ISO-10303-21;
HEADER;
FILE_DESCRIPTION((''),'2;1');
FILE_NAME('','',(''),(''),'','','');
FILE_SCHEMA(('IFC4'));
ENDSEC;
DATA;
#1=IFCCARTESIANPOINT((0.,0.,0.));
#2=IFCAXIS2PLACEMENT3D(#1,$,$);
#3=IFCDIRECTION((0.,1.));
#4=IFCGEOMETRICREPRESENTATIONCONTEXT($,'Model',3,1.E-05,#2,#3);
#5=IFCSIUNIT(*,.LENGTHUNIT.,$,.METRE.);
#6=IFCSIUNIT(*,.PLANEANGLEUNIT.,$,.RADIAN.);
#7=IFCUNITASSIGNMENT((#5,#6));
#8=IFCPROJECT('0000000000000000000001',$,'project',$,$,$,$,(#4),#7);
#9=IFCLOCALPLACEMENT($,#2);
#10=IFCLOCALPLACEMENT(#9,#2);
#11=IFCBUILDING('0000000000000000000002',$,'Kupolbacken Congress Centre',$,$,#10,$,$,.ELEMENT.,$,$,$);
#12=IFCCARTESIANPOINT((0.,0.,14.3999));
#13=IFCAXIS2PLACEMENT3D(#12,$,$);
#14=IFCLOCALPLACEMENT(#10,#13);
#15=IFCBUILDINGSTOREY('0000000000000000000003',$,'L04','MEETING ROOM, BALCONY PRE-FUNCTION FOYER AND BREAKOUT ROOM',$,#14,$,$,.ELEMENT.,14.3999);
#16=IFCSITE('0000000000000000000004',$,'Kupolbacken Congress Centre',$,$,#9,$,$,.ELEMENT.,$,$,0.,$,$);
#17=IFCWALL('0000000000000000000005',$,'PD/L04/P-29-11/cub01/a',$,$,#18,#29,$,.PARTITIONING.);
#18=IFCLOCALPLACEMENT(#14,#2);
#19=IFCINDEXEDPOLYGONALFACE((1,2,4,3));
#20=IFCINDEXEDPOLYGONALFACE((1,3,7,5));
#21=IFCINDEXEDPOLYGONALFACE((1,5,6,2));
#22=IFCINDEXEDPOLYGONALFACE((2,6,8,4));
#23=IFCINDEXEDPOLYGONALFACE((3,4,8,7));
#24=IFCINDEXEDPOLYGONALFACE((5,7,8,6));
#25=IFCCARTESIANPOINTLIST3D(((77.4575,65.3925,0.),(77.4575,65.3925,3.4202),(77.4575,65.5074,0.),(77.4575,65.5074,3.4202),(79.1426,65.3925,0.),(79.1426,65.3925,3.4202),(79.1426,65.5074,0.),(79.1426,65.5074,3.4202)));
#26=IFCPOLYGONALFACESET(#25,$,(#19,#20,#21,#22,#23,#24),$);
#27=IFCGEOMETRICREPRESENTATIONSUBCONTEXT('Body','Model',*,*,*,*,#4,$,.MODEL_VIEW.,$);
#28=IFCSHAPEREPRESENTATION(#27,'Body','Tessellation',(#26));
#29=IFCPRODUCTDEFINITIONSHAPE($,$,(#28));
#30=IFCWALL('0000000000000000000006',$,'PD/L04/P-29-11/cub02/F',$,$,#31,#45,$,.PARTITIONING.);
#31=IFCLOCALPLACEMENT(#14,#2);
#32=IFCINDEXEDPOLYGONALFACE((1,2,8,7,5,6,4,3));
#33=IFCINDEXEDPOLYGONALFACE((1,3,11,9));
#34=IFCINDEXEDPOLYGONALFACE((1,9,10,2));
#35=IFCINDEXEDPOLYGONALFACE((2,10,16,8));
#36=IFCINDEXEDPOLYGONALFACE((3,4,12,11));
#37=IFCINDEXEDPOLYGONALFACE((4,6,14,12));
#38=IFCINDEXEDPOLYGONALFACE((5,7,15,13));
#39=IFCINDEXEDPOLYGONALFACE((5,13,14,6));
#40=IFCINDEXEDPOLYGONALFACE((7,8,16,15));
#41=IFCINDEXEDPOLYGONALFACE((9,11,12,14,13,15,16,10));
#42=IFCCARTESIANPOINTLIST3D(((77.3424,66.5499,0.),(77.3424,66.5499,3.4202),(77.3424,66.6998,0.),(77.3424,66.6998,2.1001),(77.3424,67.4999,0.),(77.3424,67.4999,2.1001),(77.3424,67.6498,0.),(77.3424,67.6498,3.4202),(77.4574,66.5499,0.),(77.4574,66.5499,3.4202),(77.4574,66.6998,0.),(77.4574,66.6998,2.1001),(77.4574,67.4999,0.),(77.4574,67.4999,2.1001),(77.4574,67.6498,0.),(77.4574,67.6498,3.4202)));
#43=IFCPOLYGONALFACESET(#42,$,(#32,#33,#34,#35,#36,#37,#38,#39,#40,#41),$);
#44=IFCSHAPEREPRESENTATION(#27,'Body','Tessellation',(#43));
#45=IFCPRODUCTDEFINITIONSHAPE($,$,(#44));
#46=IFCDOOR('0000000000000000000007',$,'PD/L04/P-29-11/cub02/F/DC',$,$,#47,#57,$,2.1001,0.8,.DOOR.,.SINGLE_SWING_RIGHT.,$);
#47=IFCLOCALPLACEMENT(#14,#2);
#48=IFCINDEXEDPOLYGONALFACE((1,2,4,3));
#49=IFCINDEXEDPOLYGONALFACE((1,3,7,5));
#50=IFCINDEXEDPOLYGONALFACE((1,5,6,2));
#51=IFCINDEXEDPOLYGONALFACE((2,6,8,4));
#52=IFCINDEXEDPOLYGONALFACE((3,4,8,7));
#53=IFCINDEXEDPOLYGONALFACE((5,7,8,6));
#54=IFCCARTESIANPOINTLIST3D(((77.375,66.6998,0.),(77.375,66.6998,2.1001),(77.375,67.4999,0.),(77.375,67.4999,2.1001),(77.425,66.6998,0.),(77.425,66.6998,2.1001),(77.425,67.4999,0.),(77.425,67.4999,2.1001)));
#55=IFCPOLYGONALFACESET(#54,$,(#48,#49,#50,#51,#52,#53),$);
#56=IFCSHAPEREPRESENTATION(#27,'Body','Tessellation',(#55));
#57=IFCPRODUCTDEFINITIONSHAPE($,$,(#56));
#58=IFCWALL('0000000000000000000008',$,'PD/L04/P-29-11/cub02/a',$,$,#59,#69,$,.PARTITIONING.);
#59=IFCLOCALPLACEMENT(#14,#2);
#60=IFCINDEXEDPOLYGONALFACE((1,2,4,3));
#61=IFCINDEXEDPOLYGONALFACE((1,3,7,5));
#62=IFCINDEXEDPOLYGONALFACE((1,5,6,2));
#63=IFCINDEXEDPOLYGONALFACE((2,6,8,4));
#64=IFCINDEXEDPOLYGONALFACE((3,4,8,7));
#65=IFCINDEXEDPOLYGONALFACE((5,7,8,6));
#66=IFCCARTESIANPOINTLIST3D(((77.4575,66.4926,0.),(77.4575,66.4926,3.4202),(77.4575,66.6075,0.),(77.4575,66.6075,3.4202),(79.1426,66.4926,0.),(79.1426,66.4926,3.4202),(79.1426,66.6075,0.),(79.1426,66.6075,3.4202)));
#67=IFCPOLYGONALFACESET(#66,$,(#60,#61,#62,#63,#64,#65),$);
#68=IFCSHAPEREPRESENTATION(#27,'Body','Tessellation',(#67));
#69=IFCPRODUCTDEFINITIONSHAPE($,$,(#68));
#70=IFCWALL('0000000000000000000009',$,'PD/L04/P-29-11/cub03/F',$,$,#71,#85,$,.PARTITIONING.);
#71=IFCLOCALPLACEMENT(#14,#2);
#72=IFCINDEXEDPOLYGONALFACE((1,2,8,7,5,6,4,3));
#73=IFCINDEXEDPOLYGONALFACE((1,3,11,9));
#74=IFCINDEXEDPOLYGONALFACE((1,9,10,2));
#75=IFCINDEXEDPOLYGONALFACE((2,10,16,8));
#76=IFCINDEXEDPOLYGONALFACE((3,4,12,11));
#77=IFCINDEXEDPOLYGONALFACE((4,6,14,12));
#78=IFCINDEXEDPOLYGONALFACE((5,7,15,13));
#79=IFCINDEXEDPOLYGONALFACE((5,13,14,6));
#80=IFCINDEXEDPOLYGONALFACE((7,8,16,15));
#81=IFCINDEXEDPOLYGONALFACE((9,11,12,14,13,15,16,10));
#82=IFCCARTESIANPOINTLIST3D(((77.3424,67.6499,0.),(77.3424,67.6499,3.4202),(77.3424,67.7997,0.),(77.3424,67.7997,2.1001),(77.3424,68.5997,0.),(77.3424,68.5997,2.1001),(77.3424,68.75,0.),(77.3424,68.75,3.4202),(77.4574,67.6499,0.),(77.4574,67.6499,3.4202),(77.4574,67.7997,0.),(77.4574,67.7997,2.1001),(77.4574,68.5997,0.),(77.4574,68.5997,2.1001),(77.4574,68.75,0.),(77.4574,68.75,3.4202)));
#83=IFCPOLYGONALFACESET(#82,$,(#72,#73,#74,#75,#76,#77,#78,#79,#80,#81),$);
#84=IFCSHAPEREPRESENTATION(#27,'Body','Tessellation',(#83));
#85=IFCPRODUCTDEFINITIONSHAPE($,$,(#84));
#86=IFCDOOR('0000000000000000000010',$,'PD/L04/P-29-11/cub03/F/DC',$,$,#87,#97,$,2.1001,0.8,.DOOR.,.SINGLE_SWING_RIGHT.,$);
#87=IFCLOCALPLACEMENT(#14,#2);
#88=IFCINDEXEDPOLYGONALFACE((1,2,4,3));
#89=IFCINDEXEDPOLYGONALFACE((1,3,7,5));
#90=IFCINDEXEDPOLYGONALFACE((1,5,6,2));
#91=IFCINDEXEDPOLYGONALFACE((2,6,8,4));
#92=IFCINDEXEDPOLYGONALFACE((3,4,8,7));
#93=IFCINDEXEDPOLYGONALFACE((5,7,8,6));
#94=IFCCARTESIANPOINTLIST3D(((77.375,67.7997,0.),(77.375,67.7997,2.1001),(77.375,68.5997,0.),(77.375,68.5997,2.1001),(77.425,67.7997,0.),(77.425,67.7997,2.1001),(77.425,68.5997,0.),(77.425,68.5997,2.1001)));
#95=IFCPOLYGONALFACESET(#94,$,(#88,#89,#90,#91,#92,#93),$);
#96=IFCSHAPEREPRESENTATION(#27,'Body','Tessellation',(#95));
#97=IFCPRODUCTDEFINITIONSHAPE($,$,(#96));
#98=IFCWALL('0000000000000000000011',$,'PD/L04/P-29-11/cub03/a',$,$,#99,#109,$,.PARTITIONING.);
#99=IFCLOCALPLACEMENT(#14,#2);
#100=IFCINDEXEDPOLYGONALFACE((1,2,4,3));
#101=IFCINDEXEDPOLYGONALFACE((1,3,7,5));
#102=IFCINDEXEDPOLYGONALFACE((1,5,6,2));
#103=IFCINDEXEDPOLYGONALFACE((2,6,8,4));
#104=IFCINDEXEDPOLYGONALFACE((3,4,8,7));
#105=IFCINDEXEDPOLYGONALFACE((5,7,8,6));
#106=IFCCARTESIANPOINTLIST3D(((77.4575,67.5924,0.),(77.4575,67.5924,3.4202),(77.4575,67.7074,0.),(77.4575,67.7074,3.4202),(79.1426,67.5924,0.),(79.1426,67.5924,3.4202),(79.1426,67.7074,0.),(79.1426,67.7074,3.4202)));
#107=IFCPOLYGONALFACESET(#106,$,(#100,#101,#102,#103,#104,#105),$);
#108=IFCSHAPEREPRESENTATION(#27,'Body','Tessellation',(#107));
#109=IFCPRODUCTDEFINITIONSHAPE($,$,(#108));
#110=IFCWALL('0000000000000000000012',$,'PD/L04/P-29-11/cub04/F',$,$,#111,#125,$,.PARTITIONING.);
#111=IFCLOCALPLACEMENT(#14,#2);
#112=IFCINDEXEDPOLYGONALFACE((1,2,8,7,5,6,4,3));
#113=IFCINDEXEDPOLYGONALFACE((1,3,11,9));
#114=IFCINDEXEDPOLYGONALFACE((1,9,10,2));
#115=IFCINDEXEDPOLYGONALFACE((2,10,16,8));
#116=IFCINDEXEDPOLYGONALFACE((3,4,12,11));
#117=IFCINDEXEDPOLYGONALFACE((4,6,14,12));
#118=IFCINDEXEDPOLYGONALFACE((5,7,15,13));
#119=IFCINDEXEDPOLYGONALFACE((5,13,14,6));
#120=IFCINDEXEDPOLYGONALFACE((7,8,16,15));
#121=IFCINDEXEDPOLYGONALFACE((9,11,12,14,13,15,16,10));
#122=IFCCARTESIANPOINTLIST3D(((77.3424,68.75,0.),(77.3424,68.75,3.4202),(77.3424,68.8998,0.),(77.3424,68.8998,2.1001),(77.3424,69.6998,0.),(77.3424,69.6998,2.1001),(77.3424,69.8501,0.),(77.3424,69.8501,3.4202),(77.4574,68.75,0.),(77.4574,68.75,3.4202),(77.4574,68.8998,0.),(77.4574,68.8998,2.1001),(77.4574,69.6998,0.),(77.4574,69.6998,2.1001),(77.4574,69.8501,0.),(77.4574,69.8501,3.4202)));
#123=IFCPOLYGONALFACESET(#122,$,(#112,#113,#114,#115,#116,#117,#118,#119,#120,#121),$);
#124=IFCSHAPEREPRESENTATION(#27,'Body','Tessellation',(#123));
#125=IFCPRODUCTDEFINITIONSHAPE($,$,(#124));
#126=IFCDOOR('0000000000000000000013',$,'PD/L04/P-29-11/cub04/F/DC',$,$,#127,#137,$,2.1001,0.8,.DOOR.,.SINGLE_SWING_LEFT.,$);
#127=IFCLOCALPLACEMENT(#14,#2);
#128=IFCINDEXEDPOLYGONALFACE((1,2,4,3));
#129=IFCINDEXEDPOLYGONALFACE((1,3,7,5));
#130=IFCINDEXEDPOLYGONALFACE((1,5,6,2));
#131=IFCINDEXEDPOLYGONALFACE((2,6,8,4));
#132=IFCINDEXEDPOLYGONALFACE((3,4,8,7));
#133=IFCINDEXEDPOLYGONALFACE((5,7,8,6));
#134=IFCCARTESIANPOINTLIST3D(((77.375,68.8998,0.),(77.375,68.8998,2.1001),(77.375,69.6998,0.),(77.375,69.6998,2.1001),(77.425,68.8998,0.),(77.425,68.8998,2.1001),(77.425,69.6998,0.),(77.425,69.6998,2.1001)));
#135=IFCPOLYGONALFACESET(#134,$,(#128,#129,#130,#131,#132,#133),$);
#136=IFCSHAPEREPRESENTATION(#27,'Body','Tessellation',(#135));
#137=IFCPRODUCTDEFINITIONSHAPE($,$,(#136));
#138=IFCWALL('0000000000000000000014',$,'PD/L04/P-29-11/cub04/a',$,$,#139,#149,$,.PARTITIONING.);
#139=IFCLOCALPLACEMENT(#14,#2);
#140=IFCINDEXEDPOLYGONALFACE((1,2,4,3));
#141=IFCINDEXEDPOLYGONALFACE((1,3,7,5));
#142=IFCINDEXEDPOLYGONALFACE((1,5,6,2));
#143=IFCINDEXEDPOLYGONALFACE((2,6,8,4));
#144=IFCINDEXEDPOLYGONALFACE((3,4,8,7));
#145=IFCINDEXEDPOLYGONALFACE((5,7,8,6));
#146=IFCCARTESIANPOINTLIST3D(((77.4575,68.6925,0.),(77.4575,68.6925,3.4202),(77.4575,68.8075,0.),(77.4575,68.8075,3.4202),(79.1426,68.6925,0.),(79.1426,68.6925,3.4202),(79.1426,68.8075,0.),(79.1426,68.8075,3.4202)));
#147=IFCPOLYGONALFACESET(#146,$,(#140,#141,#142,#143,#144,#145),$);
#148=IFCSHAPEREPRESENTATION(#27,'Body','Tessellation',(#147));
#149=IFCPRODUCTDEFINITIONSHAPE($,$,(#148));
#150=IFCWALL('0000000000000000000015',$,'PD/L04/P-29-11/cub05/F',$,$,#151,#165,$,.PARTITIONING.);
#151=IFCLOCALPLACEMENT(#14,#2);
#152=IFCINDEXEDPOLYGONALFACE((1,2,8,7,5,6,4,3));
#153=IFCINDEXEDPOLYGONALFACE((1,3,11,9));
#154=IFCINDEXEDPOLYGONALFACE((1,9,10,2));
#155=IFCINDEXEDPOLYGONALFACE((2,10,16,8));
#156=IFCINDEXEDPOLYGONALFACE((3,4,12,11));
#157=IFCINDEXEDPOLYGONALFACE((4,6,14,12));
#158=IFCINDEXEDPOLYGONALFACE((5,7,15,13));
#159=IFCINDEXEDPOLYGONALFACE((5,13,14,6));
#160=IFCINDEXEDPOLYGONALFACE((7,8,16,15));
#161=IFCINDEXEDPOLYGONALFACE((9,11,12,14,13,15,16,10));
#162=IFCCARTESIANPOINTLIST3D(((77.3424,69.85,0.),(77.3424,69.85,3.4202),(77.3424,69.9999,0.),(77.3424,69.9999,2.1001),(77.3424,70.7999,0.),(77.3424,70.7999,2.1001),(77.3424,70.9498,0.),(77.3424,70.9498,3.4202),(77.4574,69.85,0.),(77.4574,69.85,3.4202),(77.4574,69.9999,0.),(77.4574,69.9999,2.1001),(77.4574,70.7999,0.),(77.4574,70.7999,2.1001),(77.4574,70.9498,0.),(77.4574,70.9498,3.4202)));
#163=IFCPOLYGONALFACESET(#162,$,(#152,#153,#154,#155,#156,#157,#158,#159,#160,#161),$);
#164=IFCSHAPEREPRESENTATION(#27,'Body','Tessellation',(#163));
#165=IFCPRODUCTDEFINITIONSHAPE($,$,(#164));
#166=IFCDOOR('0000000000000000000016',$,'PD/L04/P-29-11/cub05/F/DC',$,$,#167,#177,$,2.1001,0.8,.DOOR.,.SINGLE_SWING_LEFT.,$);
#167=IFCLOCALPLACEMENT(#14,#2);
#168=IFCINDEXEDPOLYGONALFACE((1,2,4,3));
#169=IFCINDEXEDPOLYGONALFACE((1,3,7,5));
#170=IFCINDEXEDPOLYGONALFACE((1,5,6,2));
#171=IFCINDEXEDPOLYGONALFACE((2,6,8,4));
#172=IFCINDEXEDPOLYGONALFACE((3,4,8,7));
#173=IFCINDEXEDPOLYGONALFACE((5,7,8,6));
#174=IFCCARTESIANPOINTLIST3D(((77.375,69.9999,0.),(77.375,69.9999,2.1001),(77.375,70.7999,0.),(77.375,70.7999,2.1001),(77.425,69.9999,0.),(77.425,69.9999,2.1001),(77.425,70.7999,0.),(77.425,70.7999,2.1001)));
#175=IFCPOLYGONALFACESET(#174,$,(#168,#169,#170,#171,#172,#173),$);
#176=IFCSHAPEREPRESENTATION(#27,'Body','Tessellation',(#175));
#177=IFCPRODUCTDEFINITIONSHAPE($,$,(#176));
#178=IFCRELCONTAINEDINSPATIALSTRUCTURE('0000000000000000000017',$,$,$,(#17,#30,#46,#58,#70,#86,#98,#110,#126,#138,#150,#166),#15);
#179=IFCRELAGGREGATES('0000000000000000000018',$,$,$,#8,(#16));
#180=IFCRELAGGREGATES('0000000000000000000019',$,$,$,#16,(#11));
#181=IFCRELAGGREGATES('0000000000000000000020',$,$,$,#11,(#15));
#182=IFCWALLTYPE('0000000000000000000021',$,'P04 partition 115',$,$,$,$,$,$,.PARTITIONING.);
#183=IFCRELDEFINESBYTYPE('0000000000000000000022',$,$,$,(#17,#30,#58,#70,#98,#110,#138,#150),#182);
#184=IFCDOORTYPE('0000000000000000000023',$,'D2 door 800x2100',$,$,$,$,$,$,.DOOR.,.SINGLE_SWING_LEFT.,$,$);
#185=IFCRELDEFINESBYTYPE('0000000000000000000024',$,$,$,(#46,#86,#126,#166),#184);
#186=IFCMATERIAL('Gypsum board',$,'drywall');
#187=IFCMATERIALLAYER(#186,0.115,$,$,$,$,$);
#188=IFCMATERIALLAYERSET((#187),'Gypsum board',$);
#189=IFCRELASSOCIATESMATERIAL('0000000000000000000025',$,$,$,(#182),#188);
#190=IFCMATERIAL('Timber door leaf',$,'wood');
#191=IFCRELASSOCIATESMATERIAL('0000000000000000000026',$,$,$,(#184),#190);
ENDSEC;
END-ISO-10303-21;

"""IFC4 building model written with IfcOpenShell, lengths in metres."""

from ifc_helpers import new_model, si_unit, direction, frame, frame_2d, origin, place, context, subcontext, project, spatial, rectangle, extrude, material, layer, layer_set, type_object, element, fill, save


model = new_model("IFC4")

# Units and contexts
model_context = context("Model", 3, precision=1e-05, world=origin(), true_north=direction((0.0, 1.0)))
body_context = subcontext(model_context, "Body", "Model", "MODEL_VIEW")
ifc_project = project(units=[si_unit("LENGTHUNIT", "METRE"), si_unit("PLANEANGLEUNIT", "RADIAN")], contexts=[model_context])

# Site, building, storey
site_placement = place(None, origin())
site = spatial("IfcSite", under=ifc_project, at=site_placement, Name="Kupolbacken Congress Centre", CompositionType="ELEMENT", RefElevation=0.0)
building_placement = place(site_placement, origin())
building = spatial("IfcBuilding", under=site, at=building_placement, Name="Kupolbacken Congress Centre", CompositionType="ELEMENT")
storey_placement = place(building_placement, frame((0.0, 0.0, 14.3999)))
storey = spatial("IfcBuildingStorey", under=building, at=storey_placement, Name="L04", Description="MEETING ROOM, BALCONY PRE-FUNCTION FOYER AND BREAKOUT ROOM", CompositionType="ELEMENT", Elevation=14.3999)

# Shared definitions
ifc_material_1 = material(Name="Gypsum board", Category="drywall")
ifc_layer_1 = layer(ifc_material_1, 0.115)
ifc_layer_set_1 = layer_set([ifc_layer_1], Name="Gypsum board")
wall_type_1 = type_object("IfcWallType", Name="P04 partition 115", PredefinedType="PARTITIONING", material=ifc_layer_set_1)
ifc_material_2 = material(Name="Timber door leaf", Category="wood")
door_type_1 = type_object("IfcDoorType", Name="D2 door 800x2100", OperationType="SINGLE_SWING_LEFT", PredefinedType="DOOR", material=ifc_material_2)

# Wall
wall_1_placement = place(storey_placement, frame((79.1426, 65.45, 0.0), z_axis=(0.0, 0.0, 1.0), x_axis=(-1.0, 0.0, 0.0)))
element("IfcWall", 1, at=wall_1_placement, inside=storey, type_object=wall_type_1, Name="PD/L04/P-29-11/cub01/a", PredefinedType="PARTITIONING", context=body_context, shape_type="SweptSolid", body=[
    extrude(rectangle(XDim=1.6851, YDim=0.115, at=frame_2d((0.8425, 0.0))), origin(), (0.0, 0.0, 1.0), 3.4202),
])

# Wall, opening, door
wall_2_placement = place(storey_placement, frame((77.3999, 66.55, 0.0), z_axis=(0.0, 0.0, 1.0), x_axis=(0.0, 1.0, 0.0)))
wall_2 = element("IfcWall", 2, at=wall_2_placement, inside=storey, type_object=wall_type_1, Name="PD/L04/P-29-11/cub02/F", PredefinedType="PARTITIONING", context=body_context, shape_type="SweptSolid", body=[
    extrude(rectangle(XDim=1.0999, YDim=0.115, at=frame_2d((0.5498, 0.0))), origin(), (0.0, 0.0, 1.0), 3.4202),
])
opening_1_placement = place(wall_2_placement, frame((0.1499, 0.0, 0.0)))
opening_1 = element("IfcOpeningElement", 3, at=opening_1_placement, cuts=wall_2, PredefinedType="OPENING", context=body_context, shape_type="SweptSolid", body=[
    extrude(rectangle(XDim=0.8, YDim=2.1001, at=frame_2d((0.3999, 1.05))), frame((0.0, 0.0674, 0.0), z_axis=(0.0, -1.0, 0.0), x_axis=(1.0, 0.0, 0.0)), (0.0, 0.0, 1.0), 0.135),
])
door_1_placement = place(opening_1_placement, origin())
door_1 = element("IfcDoor", 4, at=door_1_placement, inside=storey, type_object=door_type_1, Name="PD/L04/P-29-11/cub02/F/DC", OperationType="SINGLE_SWING_RIGHT", OverallHeight=2.1001, OverallWidth=0.8, PredefinedType="DOOR", context=body_context, shape_type="SweptSolid", body=[
    extrude(rectangle(XDim=0.8, YDim=2.1001, at=frame_2d((0.3999, 1.05))), frame((0.0, 0.0249, 0.0), z_axis=(0.0, -1.0, 0.0), x_axis=(1.0, 0.0, 0.0)), (0.0, 0.0, 1.0), 0.05),
])
fill(opening_1, door_1)

# Wall
wall_3_placement = place(storey_placement, frame((79.1426, 66.55, 0.0), z_axis=(0.0, 0.0, 1.0), x_axis=(-1.0, 0.0, 0.0)))
element("IfcWall", 5, at=wall_3_placement, inside=storey, type_object=wall_type_1, Name="PD/L04/P-29-11/cub02/a", PredefinedType="PARTITIONING", context=body_context, shape_type="SweptSolid", body=[
    extrude(rectangle(XDim=1.6851, YDim=0.115, at=frame_2d((0.8425, 0.0))), origin(), (0.0, 0.0, 1.0), 3.4202),
])

# Wall, opening, door
wall_4_placement = place(storey_placement, frame((77.3999, 67.6499, 0.0), z_axis=(0.0, 0.0, 1.0), x_axis=(0.0, 1.0, 0.0)))
wall_4 = element("IfcWall", 6, at=wall_4_placement, inside=storey, type_object=wall_type_1, Name="PD/L04/P-29-11/cub03/F", PredefinedType="PARTITIONING", context=body_context, shape_type="SweptSolid", body=[
    extrude(rectangle(XDim=1.1001, YDim=0.115, at=frame_2d((0.55, 0.0))), origin(), (0.0, 0.0, 1.0), 3.4202),
])
opening_2_placement = place(wall_4_placement, frame((0.1499, 0.0, 0.0)))
opening_2 = element("IfcOpeningElement", 7, at=opening_2_placement, cuts=wall_4, PredefinedType="OPENING", context=body_context, shape_type="SweptSolid", body=[
    extrude(rectangle(XDim=0.8, YDim=2.1001, at=frame_2d((0.3999, 1.05))), frame((0.0, 0.0674, 0.0), z_axis=(0.0, -1.0, 0.0), x_axis=(1.0, 0.0, 0.0)), (0.0, 0.0, 1.0), 0.135),
])
door_2_placement = place(opening_2_placement, origin())
door_2 = element("IfcDoor", 8, at=door_2_placement, inside=storey, type_object=door_type_1, Name="PD/L04/P-29-11/cub03/F/DC", OperationType="SINGLE_SWING_RIGHT", OverallHeight=2.1001, OverallWidth=0.8, PredefinedType="DOOR", context=body_context, shape_type="SweptSolid", body=[
    extrude(rectangle(XDim=0.8, YDim=2.1001, at=frame_2d((0.3999, 1.05))), frame((0.0, 0.0249, 0.0), z_axis=(0.0, -1.0, 0.0), x_axis=(1.0, 0.0, 0.0)), (0.0, 0.0, 1.0), 0.05),
])
fill(opening_2, door_2)

# Wall
wall_5_placement = place(storey_placement, frame((79.1426, 67.6499, 0.0), z_axis=(0.0, 0.0, 1.0), x_axis=(-1.0, 0.0, 0.0)))
element("IfcWall", 9, at=wall_5_placement, inside=storey, type_object=wall_type_1, Name="PD/L04/P-29-11/cub03/a", PredefinedType="PARTITIONING", context=body_context, shape_type="SweptSolid", body=[
    extrude(rectangle(XDim=1.6851, YDim=0.115, at=frame_2d((0.8425, 0.0))), origin(), (0.0, 0.0, 1.0), 3.4202),
])

# Wall, opening, door
wall_6_placement = place(storey_placement, frame((77.3999, 68.75, 0.0), z_axis=(0.0, 0.0, 1.0), x_axis=(0.0, 1.0, 0.0)))
wall_6 = element("IfcWall", 10, at=wall_6_placement, inside=storey, type_object=wall_type_1, Name="PD/L04/P-29-11/cub04/F", PredefinedType="PARTITIONING", context=body_context, shape_type="SweptSolid", body=[
    extrude(rectangle(XDim=1.1001, YDim=0.115, at=frame_2d((0.55, 0.0))), origin(), (0.0, 0.0, 1.0), 3.4202),
])
opening_3_placement = place(wall_6_placement, frame((0.1499, 0.0, 0.0)))
opening_3 = element("IfcOpeningElement", 11, at=opening_3_placement, cuts=wall_6, PredefinedType="OPENING", context=body_context, shape_type="SweptSolid", body=[
    extrude(rectangle(XDim=0.8, YDim=2.1001, at=frame_2d((0.3999, 1.05))), frame((0.0, 0.0674, 0.0), z_axis=(0.0, -1.0, 0.0), x_axis=(1.0, 0.0, 0.0)), (0.0, 0.0, 1.0), 0.135),
])
door_3_placement = place(opening_3_placement, origin())
door_3 = element("IfcDoor", 12, at=door_3_placement, inside=storey, type_object=door_type_1, Name="PD/L04/P-29-11/cub04/F/DC", OperationType="SINGLE_SWING_LEFT", OverallHeight=2.1001, OverallWidth=0.8, PredefinedType="DOOR", context=body_context, shape_type="SweptSolid", body=[
    extrude(rectangle(XDim=0.8, YDim=2.1001, at=frame_2d((0.3999, 1.05))), frame((0.0, 0.0249, 0.0), z_axis=(0.0, -1.0, 0.0), x_axis=(1.0, 0.0, 0.0)), (0.0, 0.0, 1.0), 0.05),
])
fill(opening_3, door_3)

# Wall
wall_7_placement = place(storey_placement, frame((79.1426, 68.75, 0.0), z_axis=(0.0, 0.0, 1.0), x_axis=(-1.0, 0.0, 0.0)))
element("IfcWall", 13, at=wall_7_placement, inside=storey, type_object=wall_type_1, Name="PD/L04/P-29-11/cub04/a", PredefinedType="PARTITIONING", context=body_context, shape_type="SweptSolid", body=[
    extrude(rectangle(XDim=1.6851, YDim=0.115, at=frame_2d((0.8425, 0.0))), origin(), (0.0, 0.0, 1.0), 3.4202),
])

# Wall, opening, door
wall_8_placement = place(storey_placement, frame((77.3999, 69.8501, 0.0), z_axis=(0.0, 0.0, 1.0), x_axis=(0.0, 1.0, 0.0)))
wall_8 = element("IfcWall", 14, at=wall_8_placement, inside=storey, type_object=wall_type_1, Name="PD/L04/P-29-11/cub05/F", PredefinedType="PARTITIONING", context=body_context, shape_type="SweptSolid", body=[
    extrude(rectangle(XDim=1.0999, YDim=0.115, at=frame_2d((0.5498, 0.0))), origin(), (0.0, 0.0, 1.0), 3.4202),
])
opening_4_placement = place(wall_8_placement, frame((0.1499, 0.0, 0.0)))
opening_4 = element("IfcOpeningElement", 15, at=opening_4_placement, cuts=wall_8, PredefinedType="OPENING", context=body_context, shape_type="SweptSolid", body=[
    extrude(rectangle(XDim=0.8, YDim=2.1001, at=frame_2d((0.3999, 1.05))), frame((0.0, 0.0674, 0.0), z_axis=(0.0, -1.0, 0.0), x_axis=(1.0, 0.0, 0.0)), (0.0, 0.0, 1.0), 0.135),
])
door_4_placement = place(opening_4_placement, origin())
door_4 = element("IfcDoor", 16, at=door_4_placement, inside=storey, type_object=door_type_1, Name="PD/L04/P-29-11/cub05/F/DC", OperationType="SINGLE_SWING_LEFT", OverallHeight=2.1001, OverallWidth=0.8, PredefinedType="DOOR", context=body_context, shape_type="SweptSolid", body=[
    extrude(rectangle(XDim=0.8, YDim=2.1001, at=frame_2d((0.3999, 1.05))), frame((0.0, 0.0249, 0.0), z_axis=(0.0, -1.0, 0.0), x_axis=(1.0, 0.0, 0.0)), (0.0, 0.0, 1.0), 0.05),
])
fill(opening_4, door_4)

save(model, "model.ifc")
